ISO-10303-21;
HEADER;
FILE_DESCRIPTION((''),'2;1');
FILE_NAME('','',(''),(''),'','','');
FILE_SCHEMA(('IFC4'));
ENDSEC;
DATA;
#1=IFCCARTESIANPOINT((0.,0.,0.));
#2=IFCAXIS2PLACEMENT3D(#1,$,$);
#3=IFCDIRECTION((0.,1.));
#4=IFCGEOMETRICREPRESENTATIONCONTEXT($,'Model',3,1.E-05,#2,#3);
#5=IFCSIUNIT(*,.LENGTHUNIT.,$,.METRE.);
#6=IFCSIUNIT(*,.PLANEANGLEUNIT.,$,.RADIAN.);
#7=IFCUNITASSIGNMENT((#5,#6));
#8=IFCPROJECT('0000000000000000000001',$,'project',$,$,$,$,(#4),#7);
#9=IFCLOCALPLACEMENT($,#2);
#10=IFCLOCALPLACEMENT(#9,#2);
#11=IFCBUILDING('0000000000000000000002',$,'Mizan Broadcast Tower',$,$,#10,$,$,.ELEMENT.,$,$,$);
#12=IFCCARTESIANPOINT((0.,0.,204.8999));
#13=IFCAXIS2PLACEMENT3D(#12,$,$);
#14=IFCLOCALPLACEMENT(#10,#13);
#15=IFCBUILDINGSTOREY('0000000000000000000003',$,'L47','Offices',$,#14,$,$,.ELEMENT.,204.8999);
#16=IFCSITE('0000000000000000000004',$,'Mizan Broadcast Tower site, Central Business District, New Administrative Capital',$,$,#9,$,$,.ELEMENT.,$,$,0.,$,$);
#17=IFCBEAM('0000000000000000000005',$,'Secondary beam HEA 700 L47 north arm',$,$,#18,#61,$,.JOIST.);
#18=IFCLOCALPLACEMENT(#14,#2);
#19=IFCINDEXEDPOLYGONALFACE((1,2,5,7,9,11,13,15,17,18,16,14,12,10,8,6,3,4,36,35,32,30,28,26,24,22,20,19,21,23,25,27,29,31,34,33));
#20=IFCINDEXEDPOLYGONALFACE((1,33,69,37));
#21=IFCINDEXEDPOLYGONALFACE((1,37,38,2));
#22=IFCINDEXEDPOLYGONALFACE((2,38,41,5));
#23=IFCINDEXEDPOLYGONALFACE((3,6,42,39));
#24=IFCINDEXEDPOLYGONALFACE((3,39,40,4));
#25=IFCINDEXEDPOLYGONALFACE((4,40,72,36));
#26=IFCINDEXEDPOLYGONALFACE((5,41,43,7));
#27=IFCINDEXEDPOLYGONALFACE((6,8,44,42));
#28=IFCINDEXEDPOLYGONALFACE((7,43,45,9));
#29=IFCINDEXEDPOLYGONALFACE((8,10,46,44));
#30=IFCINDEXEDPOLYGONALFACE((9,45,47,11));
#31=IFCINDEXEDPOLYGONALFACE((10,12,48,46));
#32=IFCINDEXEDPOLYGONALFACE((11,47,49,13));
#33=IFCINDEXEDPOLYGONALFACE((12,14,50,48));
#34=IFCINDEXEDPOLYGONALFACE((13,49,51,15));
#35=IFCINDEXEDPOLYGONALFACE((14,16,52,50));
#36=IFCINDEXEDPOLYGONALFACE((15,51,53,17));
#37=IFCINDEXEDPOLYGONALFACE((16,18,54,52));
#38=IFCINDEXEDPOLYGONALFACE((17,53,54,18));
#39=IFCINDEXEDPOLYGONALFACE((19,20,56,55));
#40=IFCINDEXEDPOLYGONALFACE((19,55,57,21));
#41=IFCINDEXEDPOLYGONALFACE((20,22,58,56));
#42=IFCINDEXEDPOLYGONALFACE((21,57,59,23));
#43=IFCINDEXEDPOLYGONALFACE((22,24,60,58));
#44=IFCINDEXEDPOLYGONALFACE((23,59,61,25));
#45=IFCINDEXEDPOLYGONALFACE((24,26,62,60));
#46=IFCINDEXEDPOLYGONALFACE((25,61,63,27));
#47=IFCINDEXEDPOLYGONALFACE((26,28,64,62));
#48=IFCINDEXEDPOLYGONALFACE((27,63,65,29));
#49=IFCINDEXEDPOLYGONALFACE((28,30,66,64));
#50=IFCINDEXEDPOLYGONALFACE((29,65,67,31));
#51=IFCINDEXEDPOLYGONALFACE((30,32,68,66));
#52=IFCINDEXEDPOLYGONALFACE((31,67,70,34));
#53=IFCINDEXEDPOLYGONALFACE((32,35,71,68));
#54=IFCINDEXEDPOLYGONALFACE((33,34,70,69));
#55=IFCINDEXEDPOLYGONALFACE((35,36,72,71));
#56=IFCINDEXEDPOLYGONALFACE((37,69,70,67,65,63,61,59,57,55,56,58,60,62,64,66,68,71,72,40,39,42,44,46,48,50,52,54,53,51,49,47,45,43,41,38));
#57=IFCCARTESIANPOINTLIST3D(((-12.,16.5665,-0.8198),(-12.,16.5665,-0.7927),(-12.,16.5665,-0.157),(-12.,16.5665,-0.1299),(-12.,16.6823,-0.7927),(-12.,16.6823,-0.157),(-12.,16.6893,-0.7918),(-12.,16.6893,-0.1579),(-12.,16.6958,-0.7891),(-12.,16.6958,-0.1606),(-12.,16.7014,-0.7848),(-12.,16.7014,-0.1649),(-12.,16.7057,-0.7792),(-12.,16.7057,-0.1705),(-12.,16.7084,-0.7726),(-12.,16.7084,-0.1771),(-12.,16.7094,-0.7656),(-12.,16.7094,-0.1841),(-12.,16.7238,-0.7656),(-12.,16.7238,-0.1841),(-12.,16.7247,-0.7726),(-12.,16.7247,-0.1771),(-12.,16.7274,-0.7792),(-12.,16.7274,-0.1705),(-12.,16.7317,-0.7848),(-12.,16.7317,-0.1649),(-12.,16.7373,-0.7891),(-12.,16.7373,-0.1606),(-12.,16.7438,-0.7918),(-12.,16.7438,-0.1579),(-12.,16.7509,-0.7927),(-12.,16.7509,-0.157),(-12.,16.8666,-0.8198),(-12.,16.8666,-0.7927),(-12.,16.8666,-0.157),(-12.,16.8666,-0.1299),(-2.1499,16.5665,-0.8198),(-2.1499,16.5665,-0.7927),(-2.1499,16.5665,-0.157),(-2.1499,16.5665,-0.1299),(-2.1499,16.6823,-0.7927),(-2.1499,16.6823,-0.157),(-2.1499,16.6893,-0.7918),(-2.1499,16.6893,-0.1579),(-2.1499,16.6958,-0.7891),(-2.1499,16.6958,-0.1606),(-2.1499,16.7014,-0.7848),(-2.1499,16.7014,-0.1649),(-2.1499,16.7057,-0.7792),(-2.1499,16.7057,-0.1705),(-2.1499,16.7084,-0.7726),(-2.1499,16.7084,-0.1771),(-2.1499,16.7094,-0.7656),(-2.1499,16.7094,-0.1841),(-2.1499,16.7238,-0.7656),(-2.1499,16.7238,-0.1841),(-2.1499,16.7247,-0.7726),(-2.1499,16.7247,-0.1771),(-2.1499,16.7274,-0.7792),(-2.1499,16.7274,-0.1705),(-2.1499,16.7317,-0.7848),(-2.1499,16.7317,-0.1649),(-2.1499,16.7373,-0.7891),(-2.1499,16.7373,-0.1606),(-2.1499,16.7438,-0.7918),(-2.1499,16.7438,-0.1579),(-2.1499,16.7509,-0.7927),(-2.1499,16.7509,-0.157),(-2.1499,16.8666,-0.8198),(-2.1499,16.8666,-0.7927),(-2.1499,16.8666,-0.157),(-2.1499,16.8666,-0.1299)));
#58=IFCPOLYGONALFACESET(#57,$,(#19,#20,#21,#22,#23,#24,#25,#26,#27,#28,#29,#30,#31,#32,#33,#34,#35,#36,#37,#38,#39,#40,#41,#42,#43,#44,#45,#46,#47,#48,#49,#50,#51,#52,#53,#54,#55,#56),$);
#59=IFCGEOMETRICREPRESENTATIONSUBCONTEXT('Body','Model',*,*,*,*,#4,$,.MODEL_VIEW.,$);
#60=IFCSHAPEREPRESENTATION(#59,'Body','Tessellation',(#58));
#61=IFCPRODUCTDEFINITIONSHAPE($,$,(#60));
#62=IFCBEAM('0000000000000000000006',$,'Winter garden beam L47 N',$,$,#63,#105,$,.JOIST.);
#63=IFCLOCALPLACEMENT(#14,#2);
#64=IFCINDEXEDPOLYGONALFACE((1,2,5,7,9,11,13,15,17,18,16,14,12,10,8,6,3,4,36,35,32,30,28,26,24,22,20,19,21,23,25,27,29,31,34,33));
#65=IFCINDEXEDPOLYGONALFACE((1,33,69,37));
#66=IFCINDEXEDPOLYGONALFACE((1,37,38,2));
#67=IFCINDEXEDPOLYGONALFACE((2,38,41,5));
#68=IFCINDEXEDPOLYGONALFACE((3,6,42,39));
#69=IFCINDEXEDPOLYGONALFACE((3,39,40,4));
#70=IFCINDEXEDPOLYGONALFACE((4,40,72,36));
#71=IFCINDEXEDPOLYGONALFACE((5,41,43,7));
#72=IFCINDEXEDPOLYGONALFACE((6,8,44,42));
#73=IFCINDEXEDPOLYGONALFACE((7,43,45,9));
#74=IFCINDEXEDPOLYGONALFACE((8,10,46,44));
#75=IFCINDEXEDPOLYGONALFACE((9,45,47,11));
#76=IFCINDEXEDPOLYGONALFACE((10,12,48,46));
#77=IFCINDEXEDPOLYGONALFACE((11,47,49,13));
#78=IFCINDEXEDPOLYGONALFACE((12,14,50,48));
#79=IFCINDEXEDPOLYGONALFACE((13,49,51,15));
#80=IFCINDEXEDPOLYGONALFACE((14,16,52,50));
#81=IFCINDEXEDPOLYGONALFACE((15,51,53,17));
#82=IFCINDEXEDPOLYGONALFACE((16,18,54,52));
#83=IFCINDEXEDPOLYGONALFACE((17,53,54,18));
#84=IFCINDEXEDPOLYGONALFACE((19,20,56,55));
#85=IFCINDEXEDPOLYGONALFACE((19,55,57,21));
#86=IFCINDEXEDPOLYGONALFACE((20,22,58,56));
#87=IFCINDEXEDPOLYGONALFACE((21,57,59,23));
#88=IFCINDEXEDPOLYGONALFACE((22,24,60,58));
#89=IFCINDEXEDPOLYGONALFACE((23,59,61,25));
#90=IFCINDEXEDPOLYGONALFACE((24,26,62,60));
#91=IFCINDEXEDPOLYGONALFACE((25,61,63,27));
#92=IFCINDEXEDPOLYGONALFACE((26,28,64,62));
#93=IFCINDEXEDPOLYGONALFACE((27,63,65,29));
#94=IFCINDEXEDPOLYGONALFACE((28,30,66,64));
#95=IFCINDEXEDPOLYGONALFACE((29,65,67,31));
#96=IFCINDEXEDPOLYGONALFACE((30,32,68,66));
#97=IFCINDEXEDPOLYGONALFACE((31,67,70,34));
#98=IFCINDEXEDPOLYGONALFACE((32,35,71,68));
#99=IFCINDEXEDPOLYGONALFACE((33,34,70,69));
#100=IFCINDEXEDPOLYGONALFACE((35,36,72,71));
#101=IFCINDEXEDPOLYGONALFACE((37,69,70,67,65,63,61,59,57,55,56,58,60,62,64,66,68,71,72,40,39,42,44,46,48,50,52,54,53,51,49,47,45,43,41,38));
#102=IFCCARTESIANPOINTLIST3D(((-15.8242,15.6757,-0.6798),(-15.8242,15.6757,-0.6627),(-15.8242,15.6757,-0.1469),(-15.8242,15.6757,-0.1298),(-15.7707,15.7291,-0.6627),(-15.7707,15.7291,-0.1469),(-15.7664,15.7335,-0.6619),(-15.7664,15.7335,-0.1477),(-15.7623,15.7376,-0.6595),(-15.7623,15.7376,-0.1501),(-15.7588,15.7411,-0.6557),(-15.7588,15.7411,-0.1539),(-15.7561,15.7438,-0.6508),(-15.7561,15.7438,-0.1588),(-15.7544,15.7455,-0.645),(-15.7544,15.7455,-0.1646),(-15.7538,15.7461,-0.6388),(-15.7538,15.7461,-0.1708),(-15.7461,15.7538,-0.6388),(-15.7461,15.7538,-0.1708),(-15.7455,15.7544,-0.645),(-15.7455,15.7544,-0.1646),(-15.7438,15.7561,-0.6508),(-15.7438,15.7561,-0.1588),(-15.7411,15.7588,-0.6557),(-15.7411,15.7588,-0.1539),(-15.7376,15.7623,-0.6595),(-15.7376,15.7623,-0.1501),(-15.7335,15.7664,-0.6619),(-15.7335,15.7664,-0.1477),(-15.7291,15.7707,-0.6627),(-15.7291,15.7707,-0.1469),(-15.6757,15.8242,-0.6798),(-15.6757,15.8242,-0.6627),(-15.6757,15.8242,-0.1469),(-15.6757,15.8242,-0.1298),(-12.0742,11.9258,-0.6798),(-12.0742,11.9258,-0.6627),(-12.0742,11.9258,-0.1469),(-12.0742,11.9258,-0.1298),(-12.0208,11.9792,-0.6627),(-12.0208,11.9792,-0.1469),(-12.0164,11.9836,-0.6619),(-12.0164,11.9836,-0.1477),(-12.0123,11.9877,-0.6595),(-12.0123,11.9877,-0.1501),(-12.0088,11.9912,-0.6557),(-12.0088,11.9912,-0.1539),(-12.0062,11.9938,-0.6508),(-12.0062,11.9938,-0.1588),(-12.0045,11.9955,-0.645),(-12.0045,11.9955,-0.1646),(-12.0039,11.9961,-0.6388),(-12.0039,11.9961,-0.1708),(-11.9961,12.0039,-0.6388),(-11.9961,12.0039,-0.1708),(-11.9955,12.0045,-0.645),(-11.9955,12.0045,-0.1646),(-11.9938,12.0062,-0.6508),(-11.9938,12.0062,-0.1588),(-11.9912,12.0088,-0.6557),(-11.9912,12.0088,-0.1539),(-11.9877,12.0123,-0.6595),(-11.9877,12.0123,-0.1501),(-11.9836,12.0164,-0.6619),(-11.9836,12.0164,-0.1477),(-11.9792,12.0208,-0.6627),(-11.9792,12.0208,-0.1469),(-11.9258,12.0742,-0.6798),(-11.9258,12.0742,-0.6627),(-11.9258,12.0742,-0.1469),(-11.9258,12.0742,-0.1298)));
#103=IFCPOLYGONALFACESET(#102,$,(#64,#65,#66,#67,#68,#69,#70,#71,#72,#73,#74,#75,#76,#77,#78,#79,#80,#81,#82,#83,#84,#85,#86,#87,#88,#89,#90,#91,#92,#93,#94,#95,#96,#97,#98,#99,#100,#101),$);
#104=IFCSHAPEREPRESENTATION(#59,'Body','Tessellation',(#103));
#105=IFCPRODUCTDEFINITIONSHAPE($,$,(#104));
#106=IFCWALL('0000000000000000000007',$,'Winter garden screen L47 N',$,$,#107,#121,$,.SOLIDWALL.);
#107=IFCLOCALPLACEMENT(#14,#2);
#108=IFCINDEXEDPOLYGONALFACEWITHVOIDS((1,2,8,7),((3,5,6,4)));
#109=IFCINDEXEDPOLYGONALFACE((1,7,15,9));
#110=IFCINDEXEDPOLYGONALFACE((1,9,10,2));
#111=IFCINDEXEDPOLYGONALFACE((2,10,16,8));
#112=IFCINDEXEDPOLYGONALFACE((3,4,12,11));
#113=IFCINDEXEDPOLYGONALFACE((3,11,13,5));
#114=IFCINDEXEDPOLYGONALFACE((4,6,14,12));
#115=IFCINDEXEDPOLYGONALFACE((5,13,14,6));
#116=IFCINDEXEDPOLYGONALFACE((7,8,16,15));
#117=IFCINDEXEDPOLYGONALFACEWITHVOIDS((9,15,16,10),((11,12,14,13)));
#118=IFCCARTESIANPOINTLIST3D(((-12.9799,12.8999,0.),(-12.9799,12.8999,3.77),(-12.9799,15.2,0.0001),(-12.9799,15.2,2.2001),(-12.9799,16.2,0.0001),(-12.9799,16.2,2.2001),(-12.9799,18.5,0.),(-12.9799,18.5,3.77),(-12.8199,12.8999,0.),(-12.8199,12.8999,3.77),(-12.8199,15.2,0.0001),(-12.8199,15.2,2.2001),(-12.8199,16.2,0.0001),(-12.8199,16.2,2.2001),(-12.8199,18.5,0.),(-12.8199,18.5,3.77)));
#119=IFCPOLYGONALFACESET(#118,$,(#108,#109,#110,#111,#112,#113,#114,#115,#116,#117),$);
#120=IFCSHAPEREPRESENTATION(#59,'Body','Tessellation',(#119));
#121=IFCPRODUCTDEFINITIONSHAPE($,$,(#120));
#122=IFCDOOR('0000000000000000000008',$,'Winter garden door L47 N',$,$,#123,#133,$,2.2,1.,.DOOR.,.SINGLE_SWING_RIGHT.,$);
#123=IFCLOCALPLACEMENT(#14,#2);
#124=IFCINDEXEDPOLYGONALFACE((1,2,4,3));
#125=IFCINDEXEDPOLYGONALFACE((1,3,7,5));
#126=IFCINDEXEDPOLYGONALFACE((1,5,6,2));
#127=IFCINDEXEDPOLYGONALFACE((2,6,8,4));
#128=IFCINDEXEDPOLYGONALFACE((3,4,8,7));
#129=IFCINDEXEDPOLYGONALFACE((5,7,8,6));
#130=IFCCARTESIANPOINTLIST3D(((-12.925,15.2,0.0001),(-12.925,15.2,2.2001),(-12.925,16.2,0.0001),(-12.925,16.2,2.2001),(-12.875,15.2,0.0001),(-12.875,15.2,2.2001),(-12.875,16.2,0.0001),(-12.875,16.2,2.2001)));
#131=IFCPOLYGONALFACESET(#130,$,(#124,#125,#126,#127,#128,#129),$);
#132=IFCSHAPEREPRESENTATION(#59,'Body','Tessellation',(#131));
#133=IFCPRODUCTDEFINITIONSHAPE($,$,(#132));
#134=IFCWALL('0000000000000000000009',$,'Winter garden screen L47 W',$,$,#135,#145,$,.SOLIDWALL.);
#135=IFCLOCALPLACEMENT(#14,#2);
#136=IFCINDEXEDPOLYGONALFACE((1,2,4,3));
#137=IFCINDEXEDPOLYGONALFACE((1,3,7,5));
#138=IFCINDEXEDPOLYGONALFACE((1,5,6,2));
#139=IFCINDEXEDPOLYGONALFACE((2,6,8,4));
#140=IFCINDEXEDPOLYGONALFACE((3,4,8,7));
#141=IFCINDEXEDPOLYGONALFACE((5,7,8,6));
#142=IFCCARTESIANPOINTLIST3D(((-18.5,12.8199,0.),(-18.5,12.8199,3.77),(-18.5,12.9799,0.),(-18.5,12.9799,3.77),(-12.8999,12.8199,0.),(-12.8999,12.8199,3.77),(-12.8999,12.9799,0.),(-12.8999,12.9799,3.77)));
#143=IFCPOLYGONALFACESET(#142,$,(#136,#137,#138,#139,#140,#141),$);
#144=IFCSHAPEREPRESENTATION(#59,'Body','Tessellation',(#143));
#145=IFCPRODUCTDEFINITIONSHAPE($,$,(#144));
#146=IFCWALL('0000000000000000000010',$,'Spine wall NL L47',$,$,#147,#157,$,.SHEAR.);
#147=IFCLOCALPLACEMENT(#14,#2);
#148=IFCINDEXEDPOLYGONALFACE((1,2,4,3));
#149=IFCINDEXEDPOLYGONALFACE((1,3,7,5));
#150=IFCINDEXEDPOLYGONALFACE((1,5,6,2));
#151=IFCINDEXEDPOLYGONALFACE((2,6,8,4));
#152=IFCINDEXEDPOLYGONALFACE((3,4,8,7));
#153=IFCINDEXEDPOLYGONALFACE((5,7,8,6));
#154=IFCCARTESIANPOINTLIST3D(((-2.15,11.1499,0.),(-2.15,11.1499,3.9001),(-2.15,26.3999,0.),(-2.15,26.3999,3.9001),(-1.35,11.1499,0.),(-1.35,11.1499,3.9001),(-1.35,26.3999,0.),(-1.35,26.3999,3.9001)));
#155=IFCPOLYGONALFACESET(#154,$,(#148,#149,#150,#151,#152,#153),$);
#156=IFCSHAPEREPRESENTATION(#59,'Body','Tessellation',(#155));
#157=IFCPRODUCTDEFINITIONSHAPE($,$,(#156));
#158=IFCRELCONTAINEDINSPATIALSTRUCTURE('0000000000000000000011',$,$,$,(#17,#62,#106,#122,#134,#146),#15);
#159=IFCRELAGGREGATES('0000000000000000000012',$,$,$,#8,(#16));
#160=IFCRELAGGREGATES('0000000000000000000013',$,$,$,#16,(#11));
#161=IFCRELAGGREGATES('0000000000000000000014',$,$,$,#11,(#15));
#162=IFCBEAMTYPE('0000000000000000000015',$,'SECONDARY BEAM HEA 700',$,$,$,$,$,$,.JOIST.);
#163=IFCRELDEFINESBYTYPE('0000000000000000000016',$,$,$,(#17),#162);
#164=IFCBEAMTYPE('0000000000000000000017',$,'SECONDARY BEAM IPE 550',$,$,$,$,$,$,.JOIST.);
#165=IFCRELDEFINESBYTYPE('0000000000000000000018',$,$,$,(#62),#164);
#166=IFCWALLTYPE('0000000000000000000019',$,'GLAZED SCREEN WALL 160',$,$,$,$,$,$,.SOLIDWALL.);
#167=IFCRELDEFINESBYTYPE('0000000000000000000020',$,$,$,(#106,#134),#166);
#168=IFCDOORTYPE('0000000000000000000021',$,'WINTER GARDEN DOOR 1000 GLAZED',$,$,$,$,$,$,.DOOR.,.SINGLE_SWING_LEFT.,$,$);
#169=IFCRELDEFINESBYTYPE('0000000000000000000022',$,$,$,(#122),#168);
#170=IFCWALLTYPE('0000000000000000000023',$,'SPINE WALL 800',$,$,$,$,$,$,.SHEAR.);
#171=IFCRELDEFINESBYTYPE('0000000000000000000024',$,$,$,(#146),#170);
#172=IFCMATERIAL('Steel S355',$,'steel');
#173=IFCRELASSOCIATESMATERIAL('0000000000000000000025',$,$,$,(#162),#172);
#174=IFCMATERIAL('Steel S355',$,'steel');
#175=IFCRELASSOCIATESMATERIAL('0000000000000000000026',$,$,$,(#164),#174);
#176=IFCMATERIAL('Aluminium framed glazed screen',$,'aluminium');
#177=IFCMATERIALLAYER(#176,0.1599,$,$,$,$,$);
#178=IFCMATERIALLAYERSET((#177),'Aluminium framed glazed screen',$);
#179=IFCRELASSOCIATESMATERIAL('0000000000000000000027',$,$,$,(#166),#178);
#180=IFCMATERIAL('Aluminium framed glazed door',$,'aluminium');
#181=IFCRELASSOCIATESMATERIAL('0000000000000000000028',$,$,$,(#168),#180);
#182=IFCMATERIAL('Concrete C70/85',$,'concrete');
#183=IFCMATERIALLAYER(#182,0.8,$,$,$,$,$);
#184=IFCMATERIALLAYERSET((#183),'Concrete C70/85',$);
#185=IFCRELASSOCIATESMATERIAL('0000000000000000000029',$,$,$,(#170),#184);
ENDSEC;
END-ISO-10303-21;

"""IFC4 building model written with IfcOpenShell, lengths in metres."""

from ifc_helpers import new_model, si_unit, direction, frame, frame_2d, origin, origin_2d, place, context, subcontext, project, spatial, rectangle, i_section, extrude, material, layer, layer_set, material_profile, profile_set, type_object, element, fill, save


model = new_model("IFC4")

# Units and contexts
model_context = context("Model", 3, precision=1e-05, world=origin(), true_north=direction((0.0, 1.0)))
body_context = subcontext(model_context, "Body", "Model", "MODEL_VIEW")
ifc_project = project(units=[si_unit("LENGTHUNIT", "METRE"), si_unit("PLANEANGLEUNIT", "RADIAN")], contexts=[model_context])

# Site, building, storey
site_placement = place(None, origin())
site = spatial("IfcSite", under=ifc_project, at=site_placement, Name="Mizan Broadcast Tower site, Central Business District, New Administrative Capital", CompositionType="ELEMENT", RefElevation=0.0)
building_placement = place(site_placement, origin())
building = spatial("IfcBuilding", under=site, at=building_placement, Name="Mizan Broadcast Tower", CompositionType="ELEMENT")
storey_placement = place(building_placement, frame((0.0, 0.0, 204.8999)))
storey = spatial("IfcBuildingStorey", under=building, at=storey_placement, Name="L47", Description="Offices", CompositionType="ELEMENT", Elevation=204.8999)

# Beams
ifc_material_1 = material(Name="Steel S355", Category="steel")
ifc_material_profile_1 = material_profile(ifc_material_1, i_section(OverallWidth=0.3, OverallDepth=0.6899, WebThickness=0.0144, FlangeThickness=0.0271, FilletRadius=0.0271, at=origin_2d()), Name="HEA 700")
ifc_profile_set_1 = profile_set([ifc_material_profile_1], Name="Steel S355")
beam_type_1 = type_object("IfcBeamType", Name="SECONDARY BEAM HEA 700", PredefinedType="JOIST", material=ifc_profile_set_1)
for number, where, z_axis, x_axis, name in (
    (1, (-12.0, 16.7166, -0.4749), (1.0, 0.0, 0.0), (0.0, 1.0, 0.0), "Secondary beam HEA 700 L47 north arm"),
):
    element("IfcBeam", number, at=place(storey_placement, frame(where, z_axis=z_axis, x_axis=x_axis)), inside=storey, type_object=beam_type_1, Name=name, PredefinedType="JOIST", context=body_context, shape_type="SweptSolid", body=[
        extrude(i_section(OverallWidth=0.3, OverallDepth=0.6899, WebThickness=0.0144, FlangeThickness=0.0271, FilletRadius=0.0271, at=origin_2d()), origin(), (0.0, 0.0, 1.0), 9.8501),
    ])
ifc_material_2 = material(Name="Steel S355", Category="steel")
ifc_material_profile_2 = material_profile(ifc_material_2, i_section(OverallWidth=0.21, OverallDepth=0.55, WebThickness=0.011, FlangeThickness=0.0171, FilletRadius=0.0239, at=origin_2d()), Name="IPE 550")
ifc_profile_set_2 = profile_set([ifc_material_profile_2], Name="Steel S355")
beam_type_2 = type_object("IfcBeamType", Name="SECONDARY BEAM IPE 550", PredefinedType="JOIST", material=ifc_profile_set_2)
beam_1_placement = place(storey_placement, frame((-12.0, 12.0, -0.4048), z_axis=(-0.707107, 0.707107, 0.0), x_axis=(-0.707107, -0.707107, 0.0)))
element("IfcBeam", 2, at=beam_1_placement, inside=storey, type_object=beam_type_2, Name="Winter garden beam L47 N", PredefinedType="JOIST", context=body_context, shape_type="SweptSolid", body=[
    extrude(i_section(OverallWidth=0.21, OverallDepth=0.55, WebThickness=0.011, FlangeThickness=0.0171, FilletRadius=0.0239, at=origin_2d()), origin(), (0.0, 0.0, 1.0), 5.3032),
])

# Wall, opening, door
ifc_material_3 = material(Name="Aluminium framed glazed screen", Category="aluminium")
ifc_layer_1 = layer(ifc_material_3, 0.1599)
ifc_layer_set_1 = layer_set([ifc_layer_1], Name="Aluminium framed glazed screen")
wall_type_1 = type_object("IfcWallType", Name="GLAZED SCREEN WALL 160", PredefinedType="SOLIDWALL", material=ifc_layer_set_1)
wall_1_placement = place(storey_placement, frame((-12.8999, 18.5, 0.0), z_axis=(0.0, 0.0, 1.0), x_axis=(0.0, -1.0, 0.0)))
wall_1 = element("IfcWall", 3, at=wall_1_placement, inside=storey, type_object=wall_type_1, Name="Winter garden screen L47 N", PredefinedType="SOLIDWALL", context=body_context, shape_type="SweptSolid", body=[
    extrude(rectangle(XDim=5.6001, YDim=0.1599, at=frame_2d((2.8, 0.0))), origin(), (0.0, 0.0, 1.0), 3.77),
])
opening_placement = place(wall_1_placement, frame((2.3, 0.0, 0.0)))
opening = element("IfcOpeningElement", 4, at=opening_placement, cuts=wall_1, PredefinedType="OPENING", context=body_context, shape_type="SweptSolid", body=[
    extrude(rectangle(XDim=1.0, YDim=2.2, at=frame_2d((0.5, 1.1001))), frame((0.0, 0.0898, 0.0), z_axis=(0.0, -1.0, 0.0), x_axis=(1.0, 0.0, 0.0)), (0.0, 0.0, 1.0), 0.1799),
])
ifc_material_4 = material(Name="Aluminium framed glazed door", Category="aluminium")
door_type = type_object("IfcDoorType", Name="WINTER GARDEN DOOR 1000 GLAZED", OperationType="SINGLE_SWING_LEFT", PredefinedType="DOOR", material=ifc_material_4)
door_placement = place(opening_placement, origin())
door = element("IfcDoor", 5, at=door_placement, inside=storey, type_object=door_type, Name="Winter garden door L47 N", OperationType="SINGLE_SWING_RIGHT", OverallHeight=2.2, OverallWidth=1.0, PredefinedType="DOOR", context=body_context, shape_type="SweptSolid", body=[
    extrude(rectangle(XDim=1.0, YDim=2.2, at=frame_2d((0.5, 1.1001))), frame((0.0, 0.0249, 0.0), z_axis=(0.0, -1.0, 0.0), x_axis=(1.0, 0.0, 0.0)), (0.0, 0.0, 1.0), 0.05),
])
fill(opening, door)

# Walls
wall_2_placement = place(storey_placement, frame((-12.8999, 12.8999, 0.0), z_axis=(0.0, 0.0, 1.0), x_axis=(-1.0, 0.0, 0.0)))
element("IfcWall", 6, at=wall_2_placement, inside=storey, type_object=wall_type_1, Name="Winter garden screen L47 W", PredefinedType="SOLIDWALL", context=body_context, shape_type="SweptSolid", body=[
    extrude(rectangle(XDim=5.6001, YDim=0.1599, at=frame_2d((2.8, 0.0))), origin(), (0.0, 0.0, 1.0), 3.77),
])
ifc_material_5 = material(Name="Concrete C70/85", Category="concrete")
ifc_layer_2 = layer(ifc_material_5, 0.8)
ifc_layer_set_2 = layer_set([ifc_layer_2], Name="Concrete C70/85")
wall_type_2 = type_object("IfcWallType", Name="SPINE WALL 800", PredefinedType="SHEAR", material=ifc_layer_set_2)
wall_3_placement = place(storey_placement, frame((-1.75, 11.1499, 0.0), z_axis=(0.0, 0.0, 1.0), x_axis=(0.0, 1.0, 0.0)))
element("IfcWall", 7, at=wall_3_placement, inside=storey, type_object=wall_type_2, Name="Spine wall NL L47", PredefinedType="SHEAR", context=body_context, shape_type="SweptSolid", body=[
    extrude(rectangle(XDim=15.25, YDim=0.8, at=frame_2d((7.625, 0.0))), origin(), (0.0, 0.0, 1.0), 3.9001),
])

save(model, "model.ifc")
